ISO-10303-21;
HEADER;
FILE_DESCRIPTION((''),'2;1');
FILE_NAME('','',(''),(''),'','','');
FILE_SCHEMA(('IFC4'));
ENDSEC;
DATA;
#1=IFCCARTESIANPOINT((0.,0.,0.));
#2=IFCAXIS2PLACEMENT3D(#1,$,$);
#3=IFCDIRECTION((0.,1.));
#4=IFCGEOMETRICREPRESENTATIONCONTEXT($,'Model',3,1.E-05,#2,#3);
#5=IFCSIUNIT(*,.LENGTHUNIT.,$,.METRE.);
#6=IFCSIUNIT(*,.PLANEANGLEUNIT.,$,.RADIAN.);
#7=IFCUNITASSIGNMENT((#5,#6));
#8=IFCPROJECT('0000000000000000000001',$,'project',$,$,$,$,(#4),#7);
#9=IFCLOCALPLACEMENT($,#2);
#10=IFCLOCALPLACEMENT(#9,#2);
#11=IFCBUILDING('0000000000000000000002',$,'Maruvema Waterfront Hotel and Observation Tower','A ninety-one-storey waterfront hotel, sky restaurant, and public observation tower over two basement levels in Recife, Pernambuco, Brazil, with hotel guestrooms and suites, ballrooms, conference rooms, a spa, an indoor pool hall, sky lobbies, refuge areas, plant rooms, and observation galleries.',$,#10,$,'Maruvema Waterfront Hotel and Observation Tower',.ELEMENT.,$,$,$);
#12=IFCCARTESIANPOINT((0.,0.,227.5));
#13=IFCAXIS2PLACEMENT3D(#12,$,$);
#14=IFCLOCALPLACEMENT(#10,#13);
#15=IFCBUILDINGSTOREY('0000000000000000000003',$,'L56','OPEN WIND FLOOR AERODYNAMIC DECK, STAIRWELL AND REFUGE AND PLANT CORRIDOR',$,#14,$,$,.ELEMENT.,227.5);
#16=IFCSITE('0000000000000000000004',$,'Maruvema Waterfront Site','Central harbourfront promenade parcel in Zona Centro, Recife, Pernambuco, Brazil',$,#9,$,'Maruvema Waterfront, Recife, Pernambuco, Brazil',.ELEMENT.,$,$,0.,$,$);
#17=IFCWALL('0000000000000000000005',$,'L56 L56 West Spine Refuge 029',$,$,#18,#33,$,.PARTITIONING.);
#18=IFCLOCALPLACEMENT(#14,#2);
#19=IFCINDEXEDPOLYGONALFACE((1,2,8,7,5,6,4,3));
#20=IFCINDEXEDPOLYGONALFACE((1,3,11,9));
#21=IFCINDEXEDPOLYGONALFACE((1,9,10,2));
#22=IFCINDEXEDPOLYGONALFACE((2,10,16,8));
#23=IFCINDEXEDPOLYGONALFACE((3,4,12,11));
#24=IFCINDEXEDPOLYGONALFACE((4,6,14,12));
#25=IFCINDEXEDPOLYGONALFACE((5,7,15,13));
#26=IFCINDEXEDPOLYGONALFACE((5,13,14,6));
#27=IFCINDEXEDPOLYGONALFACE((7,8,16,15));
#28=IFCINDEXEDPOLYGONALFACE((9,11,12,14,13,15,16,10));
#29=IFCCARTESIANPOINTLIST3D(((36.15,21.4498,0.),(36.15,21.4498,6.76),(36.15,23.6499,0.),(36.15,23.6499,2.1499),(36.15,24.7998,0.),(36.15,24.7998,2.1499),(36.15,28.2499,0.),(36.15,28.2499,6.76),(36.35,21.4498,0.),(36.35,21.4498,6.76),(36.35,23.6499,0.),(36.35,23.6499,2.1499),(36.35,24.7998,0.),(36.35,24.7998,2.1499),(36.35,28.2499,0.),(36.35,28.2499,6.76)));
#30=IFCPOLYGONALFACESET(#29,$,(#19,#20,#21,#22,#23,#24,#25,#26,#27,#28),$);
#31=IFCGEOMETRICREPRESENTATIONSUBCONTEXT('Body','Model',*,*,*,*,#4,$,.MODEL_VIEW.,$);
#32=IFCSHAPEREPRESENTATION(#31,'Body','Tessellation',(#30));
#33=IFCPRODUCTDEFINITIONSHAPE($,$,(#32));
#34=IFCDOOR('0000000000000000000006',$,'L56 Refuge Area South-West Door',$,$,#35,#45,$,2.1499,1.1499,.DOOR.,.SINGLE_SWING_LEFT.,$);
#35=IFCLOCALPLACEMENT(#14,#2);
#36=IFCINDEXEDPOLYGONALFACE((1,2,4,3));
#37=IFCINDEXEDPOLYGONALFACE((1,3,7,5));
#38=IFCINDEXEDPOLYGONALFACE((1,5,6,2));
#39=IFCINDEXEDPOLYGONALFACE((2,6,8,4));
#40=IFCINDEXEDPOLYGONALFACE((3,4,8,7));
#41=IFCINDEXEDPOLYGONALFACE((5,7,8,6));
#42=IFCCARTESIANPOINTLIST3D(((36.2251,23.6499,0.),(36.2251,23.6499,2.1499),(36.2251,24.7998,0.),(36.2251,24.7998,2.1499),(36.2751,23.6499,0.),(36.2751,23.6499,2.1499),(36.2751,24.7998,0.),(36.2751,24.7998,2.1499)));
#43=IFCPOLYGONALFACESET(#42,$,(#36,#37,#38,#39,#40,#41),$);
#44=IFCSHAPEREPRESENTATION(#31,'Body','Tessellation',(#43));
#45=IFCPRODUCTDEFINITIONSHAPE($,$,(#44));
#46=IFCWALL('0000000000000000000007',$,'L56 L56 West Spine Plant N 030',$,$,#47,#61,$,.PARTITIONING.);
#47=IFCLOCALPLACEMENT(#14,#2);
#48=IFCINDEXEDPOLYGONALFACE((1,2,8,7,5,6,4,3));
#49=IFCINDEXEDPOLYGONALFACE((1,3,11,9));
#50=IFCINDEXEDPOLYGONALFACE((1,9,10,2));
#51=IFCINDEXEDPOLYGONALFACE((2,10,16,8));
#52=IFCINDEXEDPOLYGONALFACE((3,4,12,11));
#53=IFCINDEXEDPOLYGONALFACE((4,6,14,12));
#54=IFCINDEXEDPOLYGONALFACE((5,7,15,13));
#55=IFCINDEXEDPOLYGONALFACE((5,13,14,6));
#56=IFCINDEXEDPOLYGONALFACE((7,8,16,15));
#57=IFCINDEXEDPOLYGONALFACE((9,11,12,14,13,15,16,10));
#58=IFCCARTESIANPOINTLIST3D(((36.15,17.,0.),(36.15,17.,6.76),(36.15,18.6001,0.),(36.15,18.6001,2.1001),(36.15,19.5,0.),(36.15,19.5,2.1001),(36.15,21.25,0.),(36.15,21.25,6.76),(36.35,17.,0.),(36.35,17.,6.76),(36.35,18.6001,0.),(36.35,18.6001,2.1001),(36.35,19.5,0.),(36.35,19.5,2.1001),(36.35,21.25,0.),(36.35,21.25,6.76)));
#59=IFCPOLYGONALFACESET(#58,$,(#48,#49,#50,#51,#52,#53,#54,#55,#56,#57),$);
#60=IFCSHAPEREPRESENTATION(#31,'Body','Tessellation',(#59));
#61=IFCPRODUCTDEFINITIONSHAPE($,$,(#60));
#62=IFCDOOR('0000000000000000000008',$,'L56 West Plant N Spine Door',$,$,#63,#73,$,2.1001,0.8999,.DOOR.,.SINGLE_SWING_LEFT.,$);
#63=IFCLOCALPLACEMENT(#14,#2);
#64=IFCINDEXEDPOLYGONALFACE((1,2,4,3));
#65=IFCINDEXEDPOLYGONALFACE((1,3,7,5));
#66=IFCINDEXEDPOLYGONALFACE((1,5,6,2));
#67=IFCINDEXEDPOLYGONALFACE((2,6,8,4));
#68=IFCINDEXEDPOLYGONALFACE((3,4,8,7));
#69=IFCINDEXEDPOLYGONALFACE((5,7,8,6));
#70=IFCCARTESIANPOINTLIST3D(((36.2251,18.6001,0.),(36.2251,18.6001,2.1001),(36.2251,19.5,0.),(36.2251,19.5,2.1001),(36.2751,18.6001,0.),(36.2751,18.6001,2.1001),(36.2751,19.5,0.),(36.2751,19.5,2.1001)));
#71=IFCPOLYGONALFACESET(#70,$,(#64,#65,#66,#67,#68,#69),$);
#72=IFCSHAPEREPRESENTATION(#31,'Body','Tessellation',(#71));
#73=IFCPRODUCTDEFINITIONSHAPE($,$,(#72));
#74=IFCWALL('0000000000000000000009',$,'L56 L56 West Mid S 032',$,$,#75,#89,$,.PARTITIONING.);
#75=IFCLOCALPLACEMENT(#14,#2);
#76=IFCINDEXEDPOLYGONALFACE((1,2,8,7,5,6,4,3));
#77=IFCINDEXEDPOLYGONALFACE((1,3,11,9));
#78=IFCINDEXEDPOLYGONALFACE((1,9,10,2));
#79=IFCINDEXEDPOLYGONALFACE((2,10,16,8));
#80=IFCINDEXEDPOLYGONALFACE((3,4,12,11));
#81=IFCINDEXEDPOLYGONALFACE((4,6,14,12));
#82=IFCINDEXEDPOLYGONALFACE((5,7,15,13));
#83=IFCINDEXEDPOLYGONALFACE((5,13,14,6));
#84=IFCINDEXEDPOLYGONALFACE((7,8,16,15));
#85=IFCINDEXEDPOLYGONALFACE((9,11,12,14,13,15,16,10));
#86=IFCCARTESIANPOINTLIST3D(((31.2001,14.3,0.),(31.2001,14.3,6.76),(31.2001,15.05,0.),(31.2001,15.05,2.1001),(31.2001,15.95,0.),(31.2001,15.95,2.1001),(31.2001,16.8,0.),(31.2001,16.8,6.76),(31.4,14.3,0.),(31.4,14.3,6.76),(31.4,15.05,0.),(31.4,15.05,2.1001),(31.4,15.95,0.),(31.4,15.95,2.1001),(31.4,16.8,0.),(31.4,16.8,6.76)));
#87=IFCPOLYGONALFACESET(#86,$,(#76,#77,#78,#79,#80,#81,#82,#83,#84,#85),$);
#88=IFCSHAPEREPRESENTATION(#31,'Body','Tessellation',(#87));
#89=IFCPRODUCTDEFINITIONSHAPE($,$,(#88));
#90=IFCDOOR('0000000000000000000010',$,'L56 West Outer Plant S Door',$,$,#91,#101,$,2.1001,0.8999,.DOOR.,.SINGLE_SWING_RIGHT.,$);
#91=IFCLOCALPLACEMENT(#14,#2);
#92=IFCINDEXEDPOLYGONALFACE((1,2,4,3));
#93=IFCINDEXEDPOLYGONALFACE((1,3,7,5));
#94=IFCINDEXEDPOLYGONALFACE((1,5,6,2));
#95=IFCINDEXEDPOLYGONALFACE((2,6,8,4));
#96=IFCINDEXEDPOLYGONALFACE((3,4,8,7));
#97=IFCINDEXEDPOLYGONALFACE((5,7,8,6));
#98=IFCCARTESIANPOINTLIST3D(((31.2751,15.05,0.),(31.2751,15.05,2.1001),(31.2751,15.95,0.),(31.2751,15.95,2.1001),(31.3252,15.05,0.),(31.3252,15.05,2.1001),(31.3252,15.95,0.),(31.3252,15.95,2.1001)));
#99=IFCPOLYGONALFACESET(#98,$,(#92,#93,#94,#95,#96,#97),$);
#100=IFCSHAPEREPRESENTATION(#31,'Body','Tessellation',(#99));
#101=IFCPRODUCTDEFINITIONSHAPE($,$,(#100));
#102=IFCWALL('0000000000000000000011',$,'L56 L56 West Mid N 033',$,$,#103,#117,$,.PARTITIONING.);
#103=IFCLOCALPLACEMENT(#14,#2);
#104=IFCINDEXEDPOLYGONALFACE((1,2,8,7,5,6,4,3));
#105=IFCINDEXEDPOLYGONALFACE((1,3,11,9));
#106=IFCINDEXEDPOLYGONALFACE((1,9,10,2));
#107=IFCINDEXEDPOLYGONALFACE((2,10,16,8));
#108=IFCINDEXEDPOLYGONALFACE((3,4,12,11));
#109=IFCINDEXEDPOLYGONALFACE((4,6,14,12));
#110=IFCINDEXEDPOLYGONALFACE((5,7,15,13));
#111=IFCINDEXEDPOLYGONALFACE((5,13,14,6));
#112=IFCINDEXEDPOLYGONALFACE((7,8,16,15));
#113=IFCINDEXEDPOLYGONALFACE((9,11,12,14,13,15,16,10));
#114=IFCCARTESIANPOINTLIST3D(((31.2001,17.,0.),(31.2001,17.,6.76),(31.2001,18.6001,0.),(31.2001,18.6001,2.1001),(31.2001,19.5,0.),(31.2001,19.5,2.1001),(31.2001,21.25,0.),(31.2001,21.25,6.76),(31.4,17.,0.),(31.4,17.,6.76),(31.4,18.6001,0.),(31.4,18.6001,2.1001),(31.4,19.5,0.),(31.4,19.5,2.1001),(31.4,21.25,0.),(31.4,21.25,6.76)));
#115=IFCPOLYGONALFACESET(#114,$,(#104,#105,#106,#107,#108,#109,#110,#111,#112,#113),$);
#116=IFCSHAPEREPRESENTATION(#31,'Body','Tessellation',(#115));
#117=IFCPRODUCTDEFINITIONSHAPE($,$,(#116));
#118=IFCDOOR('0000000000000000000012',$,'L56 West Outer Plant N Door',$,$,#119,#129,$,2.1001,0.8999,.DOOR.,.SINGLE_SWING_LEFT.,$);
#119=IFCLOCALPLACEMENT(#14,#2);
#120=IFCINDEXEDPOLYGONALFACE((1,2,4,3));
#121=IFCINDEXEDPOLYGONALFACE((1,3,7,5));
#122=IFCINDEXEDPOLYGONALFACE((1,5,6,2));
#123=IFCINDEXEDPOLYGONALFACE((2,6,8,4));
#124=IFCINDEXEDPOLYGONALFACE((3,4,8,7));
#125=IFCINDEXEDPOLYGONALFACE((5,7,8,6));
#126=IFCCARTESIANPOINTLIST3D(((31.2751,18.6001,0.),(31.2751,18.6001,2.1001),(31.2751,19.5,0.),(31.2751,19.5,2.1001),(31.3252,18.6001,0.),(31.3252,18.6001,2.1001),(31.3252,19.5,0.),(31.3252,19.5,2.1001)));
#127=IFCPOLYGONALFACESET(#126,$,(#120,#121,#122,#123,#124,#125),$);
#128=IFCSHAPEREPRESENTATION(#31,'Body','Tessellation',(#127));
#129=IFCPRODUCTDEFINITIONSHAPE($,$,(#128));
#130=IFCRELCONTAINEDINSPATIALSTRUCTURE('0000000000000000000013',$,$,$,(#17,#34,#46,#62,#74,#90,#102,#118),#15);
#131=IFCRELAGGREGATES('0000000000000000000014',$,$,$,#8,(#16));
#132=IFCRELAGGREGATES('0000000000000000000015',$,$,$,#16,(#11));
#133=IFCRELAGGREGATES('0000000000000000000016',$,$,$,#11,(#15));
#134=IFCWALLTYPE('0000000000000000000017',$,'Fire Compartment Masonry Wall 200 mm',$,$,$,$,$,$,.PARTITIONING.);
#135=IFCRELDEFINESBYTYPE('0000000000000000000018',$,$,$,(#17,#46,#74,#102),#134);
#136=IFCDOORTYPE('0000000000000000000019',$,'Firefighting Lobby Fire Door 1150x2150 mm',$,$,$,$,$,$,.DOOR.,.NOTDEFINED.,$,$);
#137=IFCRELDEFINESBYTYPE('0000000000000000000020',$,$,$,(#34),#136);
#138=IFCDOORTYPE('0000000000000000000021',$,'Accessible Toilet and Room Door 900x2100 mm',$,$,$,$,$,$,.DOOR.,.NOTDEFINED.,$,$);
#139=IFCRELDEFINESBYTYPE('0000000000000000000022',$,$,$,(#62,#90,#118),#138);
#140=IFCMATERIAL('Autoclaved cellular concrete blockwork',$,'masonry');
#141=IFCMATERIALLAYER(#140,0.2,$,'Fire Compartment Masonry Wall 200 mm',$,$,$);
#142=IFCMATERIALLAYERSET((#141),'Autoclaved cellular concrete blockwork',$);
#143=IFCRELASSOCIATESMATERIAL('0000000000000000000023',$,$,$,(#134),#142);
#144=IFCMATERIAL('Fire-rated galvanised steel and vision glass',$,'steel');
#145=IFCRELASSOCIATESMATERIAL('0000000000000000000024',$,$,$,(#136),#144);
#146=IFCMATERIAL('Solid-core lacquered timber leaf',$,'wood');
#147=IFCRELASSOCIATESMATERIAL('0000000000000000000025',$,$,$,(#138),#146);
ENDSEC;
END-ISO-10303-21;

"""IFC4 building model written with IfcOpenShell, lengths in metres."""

from ifc_helpers import new_model, si_unit, direction, frame, frame_2d, origin, place, context, subcontext, project, spatial, rectangle, extrude, material, layer, layer_set, type_object, element, fill, save


model = new_model("IFC4")

# Units and contexts
model_context = context("Model", 3, precision=1e-05, world=origin(), true_north=direction((0.0, 1.0)))
body_context = subcontext(model_context, "Body", "Model", "MODEL_VIEW")
ifc_project = project(units=[si_unit("LENGTHUNIT", "METRE"), si_unit("PLANEANGLEUNIT", "RADIAN")], contexts=[model_context])

# Site, building, storey
site_placement = place(None, origin())
site = spatial("IfcSite", under=ifc_project, at=site_placement, Name="Maruvema Waterfront Site", Description="Central harbourfront promenade parcel in Zona Centro, Recife, Pernambuco, Brazil", LongName="Maruvema Waterfront, Recife, Pernambuco, Brazil", CompositionType="ELEMENT", RefElevation=0.0)
building_placement = place(site_placement, origin())
building = spatial("IfcBuilding", under=site, at=building_placement, Name="Maruvema Waterfront Hotel and Observation Tower", Description="A ninety-one-storey waterfront hotel, sky restaurant, and public observation tower over two basement levels in Recife, Pernambuco, Brazil, with hotel guestrooms and suites, ballrooms, conference rooms, a spa, an indoor pool hall, sky lobbies, refuge areas, plant rooms, and observation galleries.", LongName="Maruvema Waterfront Hotel and Observation Tower", CompositionType="ELEMENT")
storey_placement = place(building_placement, frame((0.0, 0.0, 227.5)))
storey = spatial("IfcBuildingStorey", under=building, at=storey_placement, Name="L56", Description="OPEN WIND FLOOR AERODYNAMIC DECK, STAIRWELL AND REFUGE AND PLANT CORRIDOR", CompositionType="ELEMENT", Elevation=227.5)

# Shared definitions
ifc_material_1 = material(Name="Autoclaved cellular concrete blockwork", Category="masonry")
ifc_layer_1 = layer(ifc_material_1, 0.2, Name="Fire Compartment Masonry Wall 200 mm")
ifc_layer_set_1 = layer_set([ifc_layer_1], Name="Autoclaved cellular concrete blockwork")
wall_type = type_object("IfcWallType", Name="Fire Compartment Masonry Wall 200 mm", PredefinedType="PARTITIONING", material=ifc_layer_set_1)

# Walls, openings, doors
wall_1_placement = place(storey_placement, frame((36.25, 21.45, 0.0), z_axis=(0.0, 0.0, 1.0), x_axis=(0.0, 1.0, 0.0)))
wall_1 = element("IfcWall", 1, at=wall_1_placement, inside=storey, type_object=wall_type, Name="L56 L56 West Spine Refuge 029", PredefinedType="PARTITIONING", context=body_context, shape_type="SweptSolid", body=[
    extrude(rectangle(XDim=6.8, YDim=0.2, at=frame_2d((3.3999, 0.0))), origin(), (0.0, 0.0, 1.0), 6.76),
])
opening_1_placement = place(wall_1_placement, frame((2.2, 0.0, 0.0)))
opening_1 = element("IfcOpeningElement", 2, at=opening_1_placement, cuts=wall_1, PredefinedType="OPENING", context=body_context, shape_type="SweptSolid", body=[
    extrude(rectangle(XDim=1.1499, YDim=2.1499, at=frame_2d((0.575, 1.075))), frame((0.0, 0.1099, 0.0), z_axis=(0.0, -1.0, 0.0), x_axis=(1.0, 0.0, 0.0)), (0.0, 0.0, 1.0), 0.22),
])
ifc_material_2 = material(Name="Fire-rated galvanised steel and vision glass", Category="steel")
door_type_1 = type_object("IfcDoorType", Name="Firefighting Lobby Fire Door 1150x2150 mm", OperationType="NOTDEFINED", PredefinedType="DOOR", material=ifc_material_2)
door_1_placement = place(opening_1_placement, origin())
door_1 = element("IfcDoor", 3, at=door_1_placement, inside=storey, type_object=door_type_1, Name="L56 Refuge Area South-West Door", OperationType="SINGLE_SWING_LEFT", OverallHeight=2.1499, OverallWidth=1.1499, PredefinedType="DOOR", context=body_context, shape_type="SweptSolid", body=[
    extrude(rectangle(XDim=1.1499, YDim=2.1499, at=frame_2d((0.575, 1.075))), frame((0.0, 0.0249, 0.0), z_axis=(0.0, -1.0, 0.0), x_axis=(1.0, 0.0, 0.0)), (0.0, 0.0, 1.0), 0.05),
])
fill(opening_1, door_1)
wall_2_placement = place(storey_placement, frame((36.25, 17.0, 0.0), z_axis=(0.0, 0.0, 1.0), x_axis=(0.0, 1.0, 0.0)))
wall_2 = element("IfcWall", 4, at=wall_2_placement, inside=storey, type_object=wall_type, Name="L56 L56 West Spine Plant N 030", PredefinedType="PARTITIONING", context=body_context, shape_type="SweptSolid", body=[
    extrude(rectangle(XDim=4.25, YDim=0.2, at=frame_2d((2.125, 0.0))), origin(), (0.0, 0.0, 1.0), 6.76),
])
opening_2_placement = place(wall_2_placement, frame((1.6001, 0.0, 0.0)))
opening_2 = element("IfcOpeningElement", 5, at=opening_2_placement, cuts=wall_2, PredefinedType="OPENING", context=body_context, shape_type="SweptSolid", body=[
    extrude(rectangle(XDim=0.8999, YDim=2.1001, at=frame_2d((0.45, 1.05))), frame((0.0, 0.1099, 0.0), z_axis=(0.0, -1.0, 0.0), x_axis=(1.0, 0.0, 0.0)), (0.0, 0.0, 1.0), 0.22),
])
ifc_material_3 = material(Name="Solid-core lacquered timber leaf", Category="wood")
door_type_2 = type_object("IfcDoorType", Name="Accessible Toilet and Room Door 900x2100 mm", OperationType="NOTDEFINED", PredefinedType="DOOR", material=ifc_material_3)
door_2_placement = place(opening_2_placement, origin())
door_2 = element("IfcDoor", 6, at=door_2_placement, inside=storey, type_object=door_type_2, Name="L56 West Plant N Spine Door", OperationType="SINGLE_SWING_LEFT", OverallHeight=2.1001, OverallWidth=0.8999, PredefinedType="DOOR", context=body_context, shape_type="SweptSolid", body=[
    extrude(rectangle(XDim=0.8999, YDim=2.1001, at=frame_2d((0.45, 1.05))), frame((0.0, 0.0249, 0.0), z_axis=(0.0, -1.0, 0.0), x_axis=(1.0, 0.0, 0.0)), (0.0, 0.0, 1.0), 0.05),
])
fill(opening_2, door_2)
wall_3_placement = place(storey_placement, frame((31.3, 14.3, 0.0), z_axis=(0.0, 0.0, 1.0), x_axis=(0.0, 1.0, 0.0)))
wall_3 = element("IfcWall", 7, at=wall_3_placement, inside=storey, type_object=wall_type, Name="L56 L56 West Mid S 032", PredefinedType="PARTITIONING", context=body_context, shape_type="SweptSolid", body=[
    extrude(rectangle(XDim=2.5, YDim=0.2, at=frame_2d((1.25, 0.0))), origin(), (0.0, 0.0, 1.0), 6.76),
])
opening_3_placement = place(wall_3_placement, frame((0.75, 0.0, 0.0)))
opening_3 = element("IfcOpeningElement", 8, at=opening_3_placement, cuts=wall_3, PredefinedType="OPENING", context=body_context, shape_type="SweptSolid", body=[
    extrude(rectangle(XDim=0.8999, YDim=2.1001, at=frame_2d((0.45, 1.05))), frame((0.0, 0.1099, 0.0), z_axis=(0.0, -1.0, 0.0), x_axis=(1.0, 0.0, 0.0)), (0.0, 0.0, 1.0), 0.22),
])
door_3_placement = place(opening_3_placement, origin())
door_3 = element("IfcDoor", 9, at=door_3_placement, inside=storey, type_object=door_type_2, Name="L56 West Outer Plant S Door", OperationType="SINGLE_SWING_RIGHT", OverallHeight=2.1001, OverallWidth=0.8999, PredefinedType="DOOR", context=body_context, shape_type="SweptSolid", body=[
    extrude(rectangle(XDim=0.8999, YDim=2.1001, at=frame_2d((0.45, 1.05))), frame((0.0, 0.0249, 0.0), z_axis=(0.0, -1.0, 0.0), x_axis=(1.0, 0.0, 0.0)), (0.0, 0.0, 1.0), 0.05),
])
fill(opening_3, door_3)
wall_4_placement = place(storey_placement, frame((31.3, 17.0, 0.0), z_axis=(0.0, 0.0, 1.0), x_axis=(0.0, 1.0, 0.0)))
wall_4 = element("IfcWall", 10, at=wall_4_placement, inside=storey, type_object=wall_type, Name="L56 L56 West Mid N 033", PredefinedType="PARTITIONING", context=body_context, shape_type="SweptSolid", body=[
    extrude(rectangle(XDim=4.25, YDim=0.2, at=frame_2d((2.125, 0.0))), origin(), (0.0, 0.0, 1.0), 6.76),
])
opening_4_placement = place(wall_4_placement, frame((1.6001, 0.0, 0.0)))
opening_4 = element("IfcOpeningElement", 11, at=opening_4_placement, cuts=wall_4, PredefinedType="OPENING", context=body_context, shape_type="SweptSolid", body=[
    extrude(rectangle(XDim=0.8999, YDim=2.1001, at=frame_2d((0.45, 1.05))), frame((0.0, 0.1099, 0.0), z_axis=(0.0, -1.0, 0.0), x_axis=(1.0, 0.0, 0.0)), (0.0, 0.0, 1.0), 0.22),
])
door_4_placement = place(opening_4_placement, origin())
door_4 = element("IfcDoor", 12, at=door_4_placement, inside=storey, type_object=door_type_2, Name="L56 West Outer Plant N Door", OperationType="SINGLE_SWING_LEFT", OverallHeight=2.1001, OverallWidth=0.8999, PredefinedType="DOOR", context=body_context, shape_type="SweptSolid", body=[
    extrude(rectangle(XDim=0.8999, YDim=2.1001, at=frame_2d((0.45, 1.05))), frame((0.0, 0.0249, 0.0), z_axis=(0.0, -1.0, 0.0), x_axis=(1.0, 0.0, 0.0)), (0.0, 0.0, 1.0), 0.05),
])
fill(opening_4, door_4)

save(model, "model.ifc")
